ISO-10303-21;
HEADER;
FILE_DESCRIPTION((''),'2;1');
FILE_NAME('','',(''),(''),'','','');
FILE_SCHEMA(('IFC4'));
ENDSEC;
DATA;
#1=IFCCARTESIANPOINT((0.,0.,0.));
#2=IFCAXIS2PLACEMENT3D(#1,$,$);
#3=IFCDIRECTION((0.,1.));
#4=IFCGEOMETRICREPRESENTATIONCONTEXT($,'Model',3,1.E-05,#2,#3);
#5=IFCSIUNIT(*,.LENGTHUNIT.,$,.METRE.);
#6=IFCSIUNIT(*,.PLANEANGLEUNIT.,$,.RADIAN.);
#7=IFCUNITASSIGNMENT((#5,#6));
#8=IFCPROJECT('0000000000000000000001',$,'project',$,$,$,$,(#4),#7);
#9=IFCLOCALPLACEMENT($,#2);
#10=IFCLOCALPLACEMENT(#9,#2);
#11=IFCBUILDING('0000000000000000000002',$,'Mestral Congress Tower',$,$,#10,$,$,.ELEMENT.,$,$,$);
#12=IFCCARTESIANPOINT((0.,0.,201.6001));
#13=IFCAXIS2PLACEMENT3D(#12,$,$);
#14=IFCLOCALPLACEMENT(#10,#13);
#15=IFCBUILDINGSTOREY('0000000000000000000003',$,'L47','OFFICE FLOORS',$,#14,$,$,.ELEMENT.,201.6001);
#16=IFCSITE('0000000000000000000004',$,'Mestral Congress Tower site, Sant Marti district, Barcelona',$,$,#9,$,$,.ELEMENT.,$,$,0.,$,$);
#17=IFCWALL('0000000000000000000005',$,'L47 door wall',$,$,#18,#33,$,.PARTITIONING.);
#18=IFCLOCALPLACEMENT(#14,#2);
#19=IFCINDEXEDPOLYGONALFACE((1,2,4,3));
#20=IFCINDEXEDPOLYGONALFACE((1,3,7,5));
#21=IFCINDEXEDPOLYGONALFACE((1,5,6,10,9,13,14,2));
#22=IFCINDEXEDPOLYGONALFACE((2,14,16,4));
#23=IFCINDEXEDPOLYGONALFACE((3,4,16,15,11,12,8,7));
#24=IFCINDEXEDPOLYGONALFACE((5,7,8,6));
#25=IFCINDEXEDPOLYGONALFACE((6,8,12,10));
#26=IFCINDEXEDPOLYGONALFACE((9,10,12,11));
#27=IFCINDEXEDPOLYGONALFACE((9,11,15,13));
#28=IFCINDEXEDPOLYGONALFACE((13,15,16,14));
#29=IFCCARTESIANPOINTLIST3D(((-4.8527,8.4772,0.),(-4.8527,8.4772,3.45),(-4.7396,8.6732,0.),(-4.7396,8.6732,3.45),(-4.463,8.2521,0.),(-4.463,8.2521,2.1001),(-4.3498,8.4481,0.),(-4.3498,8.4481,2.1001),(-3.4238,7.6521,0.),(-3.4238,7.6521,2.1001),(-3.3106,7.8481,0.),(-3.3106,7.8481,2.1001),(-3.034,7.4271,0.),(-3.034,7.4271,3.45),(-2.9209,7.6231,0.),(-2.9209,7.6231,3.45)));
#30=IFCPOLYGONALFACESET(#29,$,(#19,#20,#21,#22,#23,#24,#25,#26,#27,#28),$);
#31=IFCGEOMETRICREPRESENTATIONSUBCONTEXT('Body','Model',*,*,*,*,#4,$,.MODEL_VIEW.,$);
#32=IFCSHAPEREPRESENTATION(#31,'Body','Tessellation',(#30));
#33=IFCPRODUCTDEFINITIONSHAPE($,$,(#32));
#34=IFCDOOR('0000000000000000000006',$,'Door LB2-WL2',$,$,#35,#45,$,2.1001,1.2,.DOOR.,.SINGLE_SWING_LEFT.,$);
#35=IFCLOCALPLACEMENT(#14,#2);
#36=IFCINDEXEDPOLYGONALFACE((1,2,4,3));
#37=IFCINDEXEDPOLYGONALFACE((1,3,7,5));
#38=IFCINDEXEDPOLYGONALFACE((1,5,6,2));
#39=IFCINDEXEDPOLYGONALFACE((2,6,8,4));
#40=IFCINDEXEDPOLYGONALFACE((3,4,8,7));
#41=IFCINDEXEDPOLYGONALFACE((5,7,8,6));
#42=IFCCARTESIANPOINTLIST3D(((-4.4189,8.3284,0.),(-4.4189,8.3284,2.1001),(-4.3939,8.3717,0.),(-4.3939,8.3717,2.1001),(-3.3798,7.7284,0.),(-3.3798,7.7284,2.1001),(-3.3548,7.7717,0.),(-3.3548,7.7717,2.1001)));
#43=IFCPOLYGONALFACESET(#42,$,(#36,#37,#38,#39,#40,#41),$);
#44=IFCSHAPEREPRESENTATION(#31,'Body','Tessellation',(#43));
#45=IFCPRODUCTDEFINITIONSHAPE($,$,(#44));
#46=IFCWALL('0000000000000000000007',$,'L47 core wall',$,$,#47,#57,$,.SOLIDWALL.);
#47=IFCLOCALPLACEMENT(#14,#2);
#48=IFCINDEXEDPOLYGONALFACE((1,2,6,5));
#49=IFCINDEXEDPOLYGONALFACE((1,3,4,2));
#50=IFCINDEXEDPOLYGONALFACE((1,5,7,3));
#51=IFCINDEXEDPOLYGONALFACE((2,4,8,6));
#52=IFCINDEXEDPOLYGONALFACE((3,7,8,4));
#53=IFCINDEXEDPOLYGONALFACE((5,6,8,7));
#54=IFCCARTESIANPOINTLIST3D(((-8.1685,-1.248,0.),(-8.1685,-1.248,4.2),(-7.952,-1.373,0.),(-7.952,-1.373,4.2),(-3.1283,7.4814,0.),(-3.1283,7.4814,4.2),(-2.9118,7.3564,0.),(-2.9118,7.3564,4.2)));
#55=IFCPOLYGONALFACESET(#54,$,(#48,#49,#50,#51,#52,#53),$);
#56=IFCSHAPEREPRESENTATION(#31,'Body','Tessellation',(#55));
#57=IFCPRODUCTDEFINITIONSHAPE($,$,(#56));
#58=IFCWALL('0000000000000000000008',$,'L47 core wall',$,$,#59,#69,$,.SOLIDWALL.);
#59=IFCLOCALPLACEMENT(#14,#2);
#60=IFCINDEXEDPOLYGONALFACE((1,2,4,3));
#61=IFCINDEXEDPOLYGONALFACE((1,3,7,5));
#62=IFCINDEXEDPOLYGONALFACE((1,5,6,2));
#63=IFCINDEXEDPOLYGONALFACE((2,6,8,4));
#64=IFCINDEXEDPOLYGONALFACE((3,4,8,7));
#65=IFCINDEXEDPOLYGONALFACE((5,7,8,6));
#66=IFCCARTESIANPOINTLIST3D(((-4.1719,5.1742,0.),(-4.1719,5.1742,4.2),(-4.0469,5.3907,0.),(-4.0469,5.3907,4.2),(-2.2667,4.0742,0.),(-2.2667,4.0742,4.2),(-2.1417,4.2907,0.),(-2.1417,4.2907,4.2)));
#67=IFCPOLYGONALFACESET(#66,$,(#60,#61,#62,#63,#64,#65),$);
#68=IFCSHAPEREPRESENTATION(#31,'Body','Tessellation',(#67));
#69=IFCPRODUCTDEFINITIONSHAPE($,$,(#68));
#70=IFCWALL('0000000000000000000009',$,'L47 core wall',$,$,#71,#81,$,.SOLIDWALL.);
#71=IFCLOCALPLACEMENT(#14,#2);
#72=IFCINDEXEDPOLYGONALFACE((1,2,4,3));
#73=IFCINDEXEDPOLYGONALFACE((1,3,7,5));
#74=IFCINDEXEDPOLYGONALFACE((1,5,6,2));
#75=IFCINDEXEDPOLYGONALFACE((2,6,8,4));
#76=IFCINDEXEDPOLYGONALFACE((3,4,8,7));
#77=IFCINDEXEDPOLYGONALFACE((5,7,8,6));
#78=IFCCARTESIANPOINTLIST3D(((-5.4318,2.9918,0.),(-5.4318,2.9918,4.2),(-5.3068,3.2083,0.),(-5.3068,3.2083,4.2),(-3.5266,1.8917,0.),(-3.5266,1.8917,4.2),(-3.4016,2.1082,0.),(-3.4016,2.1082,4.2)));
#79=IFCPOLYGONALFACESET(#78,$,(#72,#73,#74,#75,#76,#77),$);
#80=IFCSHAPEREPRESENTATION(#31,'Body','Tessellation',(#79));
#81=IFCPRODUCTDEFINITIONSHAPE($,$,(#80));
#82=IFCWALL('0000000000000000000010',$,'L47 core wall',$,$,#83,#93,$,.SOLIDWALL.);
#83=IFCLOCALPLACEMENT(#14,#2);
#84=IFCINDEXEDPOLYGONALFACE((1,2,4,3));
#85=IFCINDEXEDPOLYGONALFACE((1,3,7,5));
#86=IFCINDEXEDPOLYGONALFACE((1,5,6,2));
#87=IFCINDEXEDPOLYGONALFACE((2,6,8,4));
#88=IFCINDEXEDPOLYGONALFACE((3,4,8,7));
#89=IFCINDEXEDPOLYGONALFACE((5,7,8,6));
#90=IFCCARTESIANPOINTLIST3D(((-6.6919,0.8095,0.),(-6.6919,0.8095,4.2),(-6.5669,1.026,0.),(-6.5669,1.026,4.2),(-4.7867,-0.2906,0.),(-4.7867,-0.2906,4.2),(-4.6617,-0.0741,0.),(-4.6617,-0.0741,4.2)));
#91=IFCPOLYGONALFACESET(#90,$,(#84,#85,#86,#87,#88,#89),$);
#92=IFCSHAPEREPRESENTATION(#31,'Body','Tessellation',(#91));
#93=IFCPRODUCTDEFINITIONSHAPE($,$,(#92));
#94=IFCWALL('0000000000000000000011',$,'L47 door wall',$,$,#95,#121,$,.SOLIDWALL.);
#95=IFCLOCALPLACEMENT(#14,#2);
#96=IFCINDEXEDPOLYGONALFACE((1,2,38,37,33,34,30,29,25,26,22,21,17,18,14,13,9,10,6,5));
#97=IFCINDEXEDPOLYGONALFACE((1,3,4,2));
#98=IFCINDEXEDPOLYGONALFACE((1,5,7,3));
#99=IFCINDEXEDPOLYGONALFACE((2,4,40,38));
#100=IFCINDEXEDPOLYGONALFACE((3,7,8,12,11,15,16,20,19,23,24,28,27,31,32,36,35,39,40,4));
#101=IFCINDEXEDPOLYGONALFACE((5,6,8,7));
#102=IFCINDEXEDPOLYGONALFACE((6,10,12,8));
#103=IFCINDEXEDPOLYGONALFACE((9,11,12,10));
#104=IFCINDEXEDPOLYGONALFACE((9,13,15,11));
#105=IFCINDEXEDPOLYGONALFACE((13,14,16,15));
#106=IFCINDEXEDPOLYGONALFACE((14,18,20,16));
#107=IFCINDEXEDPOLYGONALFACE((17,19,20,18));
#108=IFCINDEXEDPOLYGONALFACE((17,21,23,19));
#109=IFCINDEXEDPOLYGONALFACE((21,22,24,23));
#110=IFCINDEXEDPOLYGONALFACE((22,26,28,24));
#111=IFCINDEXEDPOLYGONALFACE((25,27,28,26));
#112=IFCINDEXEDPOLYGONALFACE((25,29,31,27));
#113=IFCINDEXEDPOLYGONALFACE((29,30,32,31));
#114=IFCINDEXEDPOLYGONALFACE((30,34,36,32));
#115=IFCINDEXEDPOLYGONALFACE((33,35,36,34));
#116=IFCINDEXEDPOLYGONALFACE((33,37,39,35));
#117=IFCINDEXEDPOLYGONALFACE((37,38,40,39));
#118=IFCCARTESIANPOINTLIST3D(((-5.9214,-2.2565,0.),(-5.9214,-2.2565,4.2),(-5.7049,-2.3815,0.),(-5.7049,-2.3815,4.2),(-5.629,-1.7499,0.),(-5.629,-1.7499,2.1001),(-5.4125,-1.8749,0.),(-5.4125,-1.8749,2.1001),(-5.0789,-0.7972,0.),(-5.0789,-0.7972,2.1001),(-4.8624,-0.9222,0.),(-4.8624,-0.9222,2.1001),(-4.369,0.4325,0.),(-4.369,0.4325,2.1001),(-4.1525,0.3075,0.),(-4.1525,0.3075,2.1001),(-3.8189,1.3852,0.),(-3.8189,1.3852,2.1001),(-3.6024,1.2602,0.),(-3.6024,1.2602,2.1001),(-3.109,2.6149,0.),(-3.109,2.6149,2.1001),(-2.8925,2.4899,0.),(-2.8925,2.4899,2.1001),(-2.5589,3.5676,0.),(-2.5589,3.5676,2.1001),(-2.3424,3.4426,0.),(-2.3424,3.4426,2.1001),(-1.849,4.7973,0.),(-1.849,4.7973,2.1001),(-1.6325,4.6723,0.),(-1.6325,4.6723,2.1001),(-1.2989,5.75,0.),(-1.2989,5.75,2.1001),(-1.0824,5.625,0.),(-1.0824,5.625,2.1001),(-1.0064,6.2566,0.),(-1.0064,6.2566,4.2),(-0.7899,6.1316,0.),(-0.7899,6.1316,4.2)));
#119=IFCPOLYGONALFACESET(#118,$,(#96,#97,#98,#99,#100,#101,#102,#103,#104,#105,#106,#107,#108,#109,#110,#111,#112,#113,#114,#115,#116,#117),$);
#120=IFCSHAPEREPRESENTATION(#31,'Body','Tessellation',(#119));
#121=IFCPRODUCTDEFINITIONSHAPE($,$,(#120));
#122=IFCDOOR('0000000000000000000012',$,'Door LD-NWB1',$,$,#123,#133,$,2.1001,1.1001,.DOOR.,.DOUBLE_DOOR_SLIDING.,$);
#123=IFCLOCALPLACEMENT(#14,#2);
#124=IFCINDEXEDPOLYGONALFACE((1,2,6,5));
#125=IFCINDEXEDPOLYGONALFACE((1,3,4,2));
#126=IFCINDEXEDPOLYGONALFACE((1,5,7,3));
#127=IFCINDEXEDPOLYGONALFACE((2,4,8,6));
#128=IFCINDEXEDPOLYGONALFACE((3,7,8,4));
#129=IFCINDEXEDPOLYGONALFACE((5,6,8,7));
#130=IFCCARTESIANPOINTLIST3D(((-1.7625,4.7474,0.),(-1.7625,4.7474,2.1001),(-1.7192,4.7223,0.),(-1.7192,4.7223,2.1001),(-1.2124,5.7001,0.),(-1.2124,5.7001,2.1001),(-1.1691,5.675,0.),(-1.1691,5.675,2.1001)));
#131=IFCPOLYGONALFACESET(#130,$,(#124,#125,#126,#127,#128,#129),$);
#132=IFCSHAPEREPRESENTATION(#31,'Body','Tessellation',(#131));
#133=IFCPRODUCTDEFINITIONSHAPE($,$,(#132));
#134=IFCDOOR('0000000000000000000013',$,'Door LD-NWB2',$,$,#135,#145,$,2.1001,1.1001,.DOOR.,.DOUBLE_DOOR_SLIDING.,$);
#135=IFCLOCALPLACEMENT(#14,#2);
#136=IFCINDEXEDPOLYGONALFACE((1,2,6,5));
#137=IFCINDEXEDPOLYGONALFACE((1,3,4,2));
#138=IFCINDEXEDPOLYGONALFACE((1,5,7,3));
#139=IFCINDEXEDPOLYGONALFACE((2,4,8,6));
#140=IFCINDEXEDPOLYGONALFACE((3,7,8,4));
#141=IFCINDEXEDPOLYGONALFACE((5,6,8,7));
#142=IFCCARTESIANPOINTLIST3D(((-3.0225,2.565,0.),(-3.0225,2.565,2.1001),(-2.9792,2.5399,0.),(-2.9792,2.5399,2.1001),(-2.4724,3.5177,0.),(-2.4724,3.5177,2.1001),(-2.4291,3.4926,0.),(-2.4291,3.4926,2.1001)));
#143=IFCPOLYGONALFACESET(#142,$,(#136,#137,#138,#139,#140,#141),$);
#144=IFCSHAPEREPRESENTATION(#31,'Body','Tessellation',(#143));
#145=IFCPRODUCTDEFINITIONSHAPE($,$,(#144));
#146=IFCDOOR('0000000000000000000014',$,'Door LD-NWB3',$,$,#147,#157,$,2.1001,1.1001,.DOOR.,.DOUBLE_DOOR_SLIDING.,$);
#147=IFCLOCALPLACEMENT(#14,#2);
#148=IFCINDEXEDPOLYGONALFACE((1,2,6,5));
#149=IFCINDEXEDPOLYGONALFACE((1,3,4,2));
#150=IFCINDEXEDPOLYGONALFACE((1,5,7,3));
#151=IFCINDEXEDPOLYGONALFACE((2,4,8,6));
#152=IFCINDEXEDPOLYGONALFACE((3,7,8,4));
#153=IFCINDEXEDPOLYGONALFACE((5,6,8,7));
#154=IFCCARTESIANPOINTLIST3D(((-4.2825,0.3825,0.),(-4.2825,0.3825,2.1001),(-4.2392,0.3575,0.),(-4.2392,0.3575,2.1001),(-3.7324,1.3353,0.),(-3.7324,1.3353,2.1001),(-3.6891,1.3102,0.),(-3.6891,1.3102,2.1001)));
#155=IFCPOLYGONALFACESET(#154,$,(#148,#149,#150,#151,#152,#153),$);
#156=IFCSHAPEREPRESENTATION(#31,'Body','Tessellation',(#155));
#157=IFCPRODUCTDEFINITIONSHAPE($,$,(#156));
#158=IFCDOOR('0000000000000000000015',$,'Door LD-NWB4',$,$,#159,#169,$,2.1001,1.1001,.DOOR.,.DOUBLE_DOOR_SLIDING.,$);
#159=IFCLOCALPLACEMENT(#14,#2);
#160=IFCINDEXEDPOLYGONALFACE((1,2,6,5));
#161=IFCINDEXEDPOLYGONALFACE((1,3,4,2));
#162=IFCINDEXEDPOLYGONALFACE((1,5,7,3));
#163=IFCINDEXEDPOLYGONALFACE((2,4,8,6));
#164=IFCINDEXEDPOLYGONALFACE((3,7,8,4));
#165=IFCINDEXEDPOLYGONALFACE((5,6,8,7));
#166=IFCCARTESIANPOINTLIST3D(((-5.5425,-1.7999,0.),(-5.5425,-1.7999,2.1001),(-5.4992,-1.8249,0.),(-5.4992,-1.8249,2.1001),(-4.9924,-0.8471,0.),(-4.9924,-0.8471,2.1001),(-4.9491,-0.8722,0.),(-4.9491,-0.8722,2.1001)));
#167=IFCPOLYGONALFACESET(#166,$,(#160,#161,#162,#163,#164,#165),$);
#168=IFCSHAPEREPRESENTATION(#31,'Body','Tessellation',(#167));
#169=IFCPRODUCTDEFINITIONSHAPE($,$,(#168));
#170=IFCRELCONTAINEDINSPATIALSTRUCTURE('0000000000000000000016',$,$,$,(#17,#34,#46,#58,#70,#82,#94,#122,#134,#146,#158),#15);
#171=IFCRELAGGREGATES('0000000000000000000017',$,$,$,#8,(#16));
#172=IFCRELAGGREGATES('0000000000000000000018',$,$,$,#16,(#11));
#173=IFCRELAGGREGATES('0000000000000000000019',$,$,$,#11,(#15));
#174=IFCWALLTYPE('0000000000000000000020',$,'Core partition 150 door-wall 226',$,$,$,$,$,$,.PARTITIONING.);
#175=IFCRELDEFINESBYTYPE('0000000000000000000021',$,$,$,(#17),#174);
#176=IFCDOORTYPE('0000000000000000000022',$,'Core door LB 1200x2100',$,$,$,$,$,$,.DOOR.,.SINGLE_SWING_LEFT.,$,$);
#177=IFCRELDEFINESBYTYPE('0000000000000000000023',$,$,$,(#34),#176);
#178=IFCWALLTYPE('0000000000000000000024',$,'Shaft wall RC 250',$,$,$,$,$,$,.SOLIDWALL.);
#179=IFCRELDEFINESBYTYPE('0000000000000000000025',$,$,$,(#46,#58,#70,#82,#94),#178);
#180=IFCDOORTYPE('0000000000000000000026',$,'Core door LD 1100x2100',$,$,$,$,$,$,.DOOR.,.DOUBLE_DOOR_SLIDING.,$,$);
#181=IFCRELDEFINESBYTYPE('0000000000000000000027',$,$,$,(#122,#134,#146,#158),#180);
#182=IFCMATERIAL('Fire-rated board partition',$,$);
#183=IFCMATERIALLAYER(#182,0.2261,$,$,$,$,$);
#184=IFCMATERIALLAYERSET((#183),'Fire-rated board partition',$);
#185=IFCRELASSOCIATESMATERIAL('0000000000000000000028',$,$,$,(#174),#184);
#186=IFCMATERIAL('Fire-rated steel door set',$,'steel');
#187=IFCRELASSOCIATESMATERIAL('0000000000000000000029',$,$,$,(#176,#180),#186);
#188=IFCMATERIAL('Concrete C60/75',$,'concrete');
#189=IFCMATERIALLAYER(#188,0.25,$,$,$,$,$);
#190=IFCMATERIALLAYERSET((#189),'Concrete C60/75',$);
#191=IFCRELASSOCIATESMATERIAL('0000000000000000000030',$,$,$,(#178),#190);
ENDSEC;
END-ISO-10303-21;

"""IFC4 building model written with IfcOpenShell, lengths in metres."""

from ifc_helpers import new_model, si_unit, direction, frame, frame_2d, origin, place, context, subcontext, project, spatial, rectangle, extrude, material, layer, layer_set, type_object, element, fill, save


model = new_model("IFC4")

# Units and contexts
model_context = context("Model", 3, precision=1e-05, world=origin(), true_north=direction((0.0, 1.0)))
body_context = subcontext(model_context, "Body", "Model", "MODEL_VIEW")
ifc_project = project(units=[si_unit("LENGTHUNIT", "METRE"), si_unit("PLANEANGLEUNIT", "RADIAN")], contexts=[model_context])

# Site, building, storey
site_placement = place(None, origin())
site = spatial("IfcSite", under=ifc_project, at=site_placement, Name="Mestral Congress Tower site, Sant Marti district, Barcelona", CompositionType="ELEMENT", RefElevation=0.0)
building_placement = place(site_placement, origin())
building = spatial("IfcBuilding", under=site, at=building_placement, Name="Mestral Congress Tower", CompositionType="ELEMENT")
storey_placement = place(building_placement, frame((0.0, 0.0, 201.6001)))
storey = spatial("IfcBuildingStorey", under=building, at=storey_placement, Name="L47", Description="OFFICE FLOORS", CompositionType="ELEMENT", Elevation=201.6001)

# Shared definitions
ifc_material_1 = material(Name="Concrete C60/75", Category="concrete")

# Shared definitions
ifc_material_2 = material(Name="Fire-rated board partition")

# Wall, opening, door
ifc_material_3 = material(Name="Fire-rated steel door set", Category="steel")
ifc_layer_1 = layer(ifc_material_2, 0.2261)
ifc_layer_set_1 = layer_set([ifc_layer_1], Name="Fire-rated board partition")
wall_type_1 = type_object("IfcWallType", Name="Core partition 150 door-wall 226", PredefinedType="PARTITIONING", material=ifc_layer_set_1)
wall_1_placement = place(storey_placement, frame((-4.7961, 8.5752, 0.0), z_axis=(0.0, 0.0, 1.0), x_axis=(0.866009, -0.500028, 0.0)))
wall_1 = element("IfcWall", 1, at=wall_1_placement, inside=storey, type_object=wall_type_1, Name="L47 door wall", PredefinedType="PARTITIONING", context=body_context, shape_type="SweptSolid", body=[
    extrude(rectangle(XDim=2.1001, YDim=0.2263, at=frame_2d((1.05, 0.0))), origin(), (0.0, 0.0, 1.0), 3.45),
])
opening_1_placement = place(wall_1_placement, frame((0.45, 0.0, 0.0)))
opening_1 = element("IfcOpeningElement", 2, at=opening_1_placement, cuts=wall_1, PredefinedType="OPENING", context=body_context, shape_type="SweptSolid", body=[
    extrude(rectangle(XDim=1.2, YDim=2.1001, at=frame_2d((0.6001, 1.05))), frame((0.0, 0.123, 0.0), z_axis=(0.0, -1.0, 0.0), x_axis=(1.0, 0.0, 0.0)), (0.0, 0.0, 1.0), 0.2463),
])
door_type_1 = type_object("IfcDoorType", Name="Core door LB 1200x2100", OperationType="SINGLE_SWING_LEFT", PredefinedType="DOOR", material=ifc_material_3)
door_1_placement = place(opening_1_placement, origin())
door_1 = element("IfcDoor", 3, at=door_1_placement, inside=storey, type_object=door_type_1, Name="Door LB2-WL2", OperationType="SINGLE_SWING_LEFT", OverallHeight=2.1001, OverallWidth=1.2, PredefinedType="DOOR", context=body_context, shape_type="SweptSolid", body=[
    extrude(rectangle(XDim=1.2, YDim=2.1001, at=frame_2d((0.6001, 1.05))), frame((0.0, 0.0249, 0.0), z_axis=(0.0, -1.0, 0.0), x_axis=(1.0, 0.0, 0.0)), (0.0, 0.0, 1.0), 0.05),
])
fill(opening_1, door_1)

# Walls
ifc_layer_2 = layer(ifc_material_1, 0.25)
ifc_layer_set_2 = layer_set([ifc_layer_2], Name="Concrete C60/75")
wall_type_2 = type_object("IfcWallType", Name="Shaft wall RC 250", PredefinedType="SOLIDWALL", material=ifc_layer_set_2)
wall_2_placement = place(storey_placement, frame((-3.02, 7.4189, 0.0), z_axis=(0.0, 0.0, 1.0), x_axis=(-0.500023, -0.866012, 0.0)))
element("IfcWall", 4, at=wall_2_placement, inside=storey, type_object=wall_type_2, Name="L47 core wall", PredefinedType="SOLIDWALL", context=body_context, shape_type="SweptSolid", body=[
    extrude(rectangle(XDim=10.0801, YDim=0.25, at=frame_2d((5.04, 0.0))), origin(), (0.0, 0.0, 1.0), 4.2),
])
for number, where, z_axis, x_axis, name in (
    (5, (-2.2041, 4.1824, 0.0), (0.0, 0.0, 1.0), (-0.866008, 0.50003, 0.0), "L47 core wall"),
    (6, (-5.3694, 3.1001, 0.0), (0.0, 0.0, 1.0), (0.866008, -0.50003, 0.0), "L47 core wall"),
    (7, (-4.7241, -0.1824, 0.0), (0.0, 0.0, 1.0), (-0.866008, 0.50003, 0.0), "L47 core wall"),
):
    element("IfcWall", number, at=place(storey_placement, frame(where, z_axis=z_axis, x_axis=x_axis)), inside=storey, type_object=wall_type_2, Name=name, PredefinedType="SOLIDWALL", context=body_context, shape_type="SweptSolid", body=[
        extrude(rectangle(XDim=2.2, YDim=0.25, at=frame_2d((1.1001, 0.0))), origin(), (0.0, 0.0, 1.0), 4.2),
    ])

# Wall, openings, doors
wall_3_placement = place(storey_placement, frame((-0.8982, 6.1941, 0.0), z_axis=(0.0, 0.0, 1.0), x_axis=(-0.499996, -0.866028, 0.0)))
wall_3 = element("IfcWall", 8, at=wall_3_placement, inside=storey, type_object=wall_type_2, Name="L47 door wall", PredefinedType="SOLIDWALL", context=body_context, shape_type="SweptSolid", body=[
    extrude(rectangle(XDim=9.8301, YDim=0.25, at=frame_2d((4.915, 0.0))), origin(), (0.0, 0.0, 1.0), 4.2),
])
opening_2_placement = place(wall_3_placement, frame((0.585, 0.0, 0.0)))
opening_2 = element("IfcOpeningElement", 9, at=opening_2_placement, cuts=wall_3, PredefinedType="OPENING", context=body_context, shape_type="SweptSolid", body=[
    extrude(rectangle(XDim=1.1001, YDim=2.1001, at=frame_2d((0.55, 1.05))), frame((0.0, 0.135, 0.0), z_axis=(0.0, -1.0, 0.0), x_axis=(1.0, 0.0, 0.0)), (0.0, 0.0, 1.0), 0.27),
])
opening_3_placement = place(wall_3_placement, frame((3.105, 0.0, 0.0)))
opening_3 = element("IfcOpeningElement", 10, at=opening_3_placement, cuts=wall_3, PredefinedType="OPENING", context=body_context, shape_type="SweptSolid", body=[
    extrude(rectangle(XDim=1.1001, YDim=2.1001, at=frame_2d((0.55, 1.05))), frame((0.0, 0.135, 0.0), z_axis=(0.0, -1.0, 0.0), x_axis=(1.0, 0.0, 0.0)), (0.0, 0.0, 1.0), 0.27),
])
opening_4_placement = place(wall_3_placement, frame((5.625, 0.0, 0.0)))
opening_4 = element("IfcOpeningElement", 11, at=opening_4_placement, cuts=wall_3, PredefinedType="OPENING", context=body_context, shape_type="SweptSolid", body=[
    extrude(rectangle(XDim=1.1001, YDim=2.1001, at=frame_2d((0.55, 1.05))), frame((0.0, 0.135, 0.0), z_axis=(0.0, -1.0, 0.0), x_axis=(1.0, 0.0, 0.0)), (0.0, 0.0, 1.0), 0.27),
])
opening_5_placement = place(wall_3_placement, frame((8.145, 0.0, 0.0)))
opening_5 = element("IfcOpeningElement", 12, at=opening_5_placement, cuts=wall_3, PredefinedType="OPENING", context=body_context, shape_type="SweptSolid", body=[
    extrude(rectangle(XDim=1.1001, YDim=2.1001, at=frame_2d((0.55, 1.05))), frame((0.0, 0.135, 0.0), z_axis=(0.0, -1.0, 0.0), x_axis=(1.0, 0.0, 0.0)), (0.0, 0.0, 1.0), 0.27),
])
door_type_2 = type_object("IfcDoorType", Name="Core door LD 1100x2100", OperationType="DOUBLE_DOOR_SLIDING", PredefinedType="DOOR", material=ifc_material_3)
door_2_placement = place(opening_2_placement, origin())
door_2 = element("IfcDoor", 13, at=door_2_placement, inside=storey, type_object=door_type_2, Name="Door LD-NWB1", OperationType="DOUBLE_DOOR_SLIDING", OverallHeight=2.1001, OverallWidth=1.1001, PredefinedType="DOOR", context=body_context, shape_type="SweptSolid", body=[
    extrude(rectangle(XDim=1.1001, YDim=2.1001, at=frame_2d((0.55, 1.05))), frame((0.0, 0.0249, 0.0), z_axis=(0.0, -1.0, 0.0), x_axis=(1.0, 0.0, 0.0)), (0.0, 0.0, 1.0), 0.05),
])
fill(opening_2, door_2)
door_3_placement = place(opening_3_placement, origin())
door_3 = element("IfcDoor", 14, at=door_3_placement, inside=storey, type_object=door_type_2, Name="Door LD-NWB2", OperationType="DOUBLE_DOOR_SLIDING", OverallHeight=2.1001, OverallWidth=1.1001, PredefinedType="DOOR", context=body_context, shape_type="SweptSolid", body=[
    extrude(rectangle(XDim=1.1001, YDim=2.1001, at=frame_2d((0.55, 1.05))), frame((0.0, 0.0249, 0.0), z_axis=(0.0, -1.0, 0.0), x_axis=(1.0, 0.0, 0.0)), (0.0, 0.0, 1.0), 0.05),
])
fill(opening_3, door_3)
door_4_placement = place(opening_4_placement, origin())
door_4 = element("IfcDoor", 15, at=door_4_placement, inside=storey, type_object=door_type_2, Name="Door LD-NWB3", OperationType="DOUBLE_DOOR_SLIDING", OverallHeight=2.1001, OverallWidth=1.1001, PredefinedType="DOOR", context=body_context, shape_type="SweptSolid", body=[
    extrude(rectangle(XDim=1.1001, YDim=2.1001, at=frame_2d((0.55, 1.05))), frame((0.0, 0.0249, 0.0), z_axis=(0.0, -1.0, 0.0), x_axis=(1.0, 0.0, 0.0)), (0.0, 0.0, 1.0), 0.05),
])
fill(opening_4, door_4)
door_5_placement = place(opening_5_placement, origin())
door_5 = element("IfcDoor", 16, at=door_5_placement, inside=storey, type_object=door_type_2, Name="Door LD-NWB4", OperationType="DOUBLE_DOOR_SLIDING", OverallHeight=2.1001, OverallWidth=1.1001, PredefinedType="DOOR", context=body_context, shape_type="SweptSolid", body=[
    extrude(rectangle(XDim=1.1001, YDim=2.1001, at=frame_2d((0.55, 1.05))), frame((0.0, 0.0249, 0.0), z_axis=(0.0, -1.0, 0.0), x_axis=(1.0, 0.0, 0.0)), (0.0, 0.0, 1.0), 0.05),
])
fill(opening_5, door_5)

save(model, "model.ifc")
